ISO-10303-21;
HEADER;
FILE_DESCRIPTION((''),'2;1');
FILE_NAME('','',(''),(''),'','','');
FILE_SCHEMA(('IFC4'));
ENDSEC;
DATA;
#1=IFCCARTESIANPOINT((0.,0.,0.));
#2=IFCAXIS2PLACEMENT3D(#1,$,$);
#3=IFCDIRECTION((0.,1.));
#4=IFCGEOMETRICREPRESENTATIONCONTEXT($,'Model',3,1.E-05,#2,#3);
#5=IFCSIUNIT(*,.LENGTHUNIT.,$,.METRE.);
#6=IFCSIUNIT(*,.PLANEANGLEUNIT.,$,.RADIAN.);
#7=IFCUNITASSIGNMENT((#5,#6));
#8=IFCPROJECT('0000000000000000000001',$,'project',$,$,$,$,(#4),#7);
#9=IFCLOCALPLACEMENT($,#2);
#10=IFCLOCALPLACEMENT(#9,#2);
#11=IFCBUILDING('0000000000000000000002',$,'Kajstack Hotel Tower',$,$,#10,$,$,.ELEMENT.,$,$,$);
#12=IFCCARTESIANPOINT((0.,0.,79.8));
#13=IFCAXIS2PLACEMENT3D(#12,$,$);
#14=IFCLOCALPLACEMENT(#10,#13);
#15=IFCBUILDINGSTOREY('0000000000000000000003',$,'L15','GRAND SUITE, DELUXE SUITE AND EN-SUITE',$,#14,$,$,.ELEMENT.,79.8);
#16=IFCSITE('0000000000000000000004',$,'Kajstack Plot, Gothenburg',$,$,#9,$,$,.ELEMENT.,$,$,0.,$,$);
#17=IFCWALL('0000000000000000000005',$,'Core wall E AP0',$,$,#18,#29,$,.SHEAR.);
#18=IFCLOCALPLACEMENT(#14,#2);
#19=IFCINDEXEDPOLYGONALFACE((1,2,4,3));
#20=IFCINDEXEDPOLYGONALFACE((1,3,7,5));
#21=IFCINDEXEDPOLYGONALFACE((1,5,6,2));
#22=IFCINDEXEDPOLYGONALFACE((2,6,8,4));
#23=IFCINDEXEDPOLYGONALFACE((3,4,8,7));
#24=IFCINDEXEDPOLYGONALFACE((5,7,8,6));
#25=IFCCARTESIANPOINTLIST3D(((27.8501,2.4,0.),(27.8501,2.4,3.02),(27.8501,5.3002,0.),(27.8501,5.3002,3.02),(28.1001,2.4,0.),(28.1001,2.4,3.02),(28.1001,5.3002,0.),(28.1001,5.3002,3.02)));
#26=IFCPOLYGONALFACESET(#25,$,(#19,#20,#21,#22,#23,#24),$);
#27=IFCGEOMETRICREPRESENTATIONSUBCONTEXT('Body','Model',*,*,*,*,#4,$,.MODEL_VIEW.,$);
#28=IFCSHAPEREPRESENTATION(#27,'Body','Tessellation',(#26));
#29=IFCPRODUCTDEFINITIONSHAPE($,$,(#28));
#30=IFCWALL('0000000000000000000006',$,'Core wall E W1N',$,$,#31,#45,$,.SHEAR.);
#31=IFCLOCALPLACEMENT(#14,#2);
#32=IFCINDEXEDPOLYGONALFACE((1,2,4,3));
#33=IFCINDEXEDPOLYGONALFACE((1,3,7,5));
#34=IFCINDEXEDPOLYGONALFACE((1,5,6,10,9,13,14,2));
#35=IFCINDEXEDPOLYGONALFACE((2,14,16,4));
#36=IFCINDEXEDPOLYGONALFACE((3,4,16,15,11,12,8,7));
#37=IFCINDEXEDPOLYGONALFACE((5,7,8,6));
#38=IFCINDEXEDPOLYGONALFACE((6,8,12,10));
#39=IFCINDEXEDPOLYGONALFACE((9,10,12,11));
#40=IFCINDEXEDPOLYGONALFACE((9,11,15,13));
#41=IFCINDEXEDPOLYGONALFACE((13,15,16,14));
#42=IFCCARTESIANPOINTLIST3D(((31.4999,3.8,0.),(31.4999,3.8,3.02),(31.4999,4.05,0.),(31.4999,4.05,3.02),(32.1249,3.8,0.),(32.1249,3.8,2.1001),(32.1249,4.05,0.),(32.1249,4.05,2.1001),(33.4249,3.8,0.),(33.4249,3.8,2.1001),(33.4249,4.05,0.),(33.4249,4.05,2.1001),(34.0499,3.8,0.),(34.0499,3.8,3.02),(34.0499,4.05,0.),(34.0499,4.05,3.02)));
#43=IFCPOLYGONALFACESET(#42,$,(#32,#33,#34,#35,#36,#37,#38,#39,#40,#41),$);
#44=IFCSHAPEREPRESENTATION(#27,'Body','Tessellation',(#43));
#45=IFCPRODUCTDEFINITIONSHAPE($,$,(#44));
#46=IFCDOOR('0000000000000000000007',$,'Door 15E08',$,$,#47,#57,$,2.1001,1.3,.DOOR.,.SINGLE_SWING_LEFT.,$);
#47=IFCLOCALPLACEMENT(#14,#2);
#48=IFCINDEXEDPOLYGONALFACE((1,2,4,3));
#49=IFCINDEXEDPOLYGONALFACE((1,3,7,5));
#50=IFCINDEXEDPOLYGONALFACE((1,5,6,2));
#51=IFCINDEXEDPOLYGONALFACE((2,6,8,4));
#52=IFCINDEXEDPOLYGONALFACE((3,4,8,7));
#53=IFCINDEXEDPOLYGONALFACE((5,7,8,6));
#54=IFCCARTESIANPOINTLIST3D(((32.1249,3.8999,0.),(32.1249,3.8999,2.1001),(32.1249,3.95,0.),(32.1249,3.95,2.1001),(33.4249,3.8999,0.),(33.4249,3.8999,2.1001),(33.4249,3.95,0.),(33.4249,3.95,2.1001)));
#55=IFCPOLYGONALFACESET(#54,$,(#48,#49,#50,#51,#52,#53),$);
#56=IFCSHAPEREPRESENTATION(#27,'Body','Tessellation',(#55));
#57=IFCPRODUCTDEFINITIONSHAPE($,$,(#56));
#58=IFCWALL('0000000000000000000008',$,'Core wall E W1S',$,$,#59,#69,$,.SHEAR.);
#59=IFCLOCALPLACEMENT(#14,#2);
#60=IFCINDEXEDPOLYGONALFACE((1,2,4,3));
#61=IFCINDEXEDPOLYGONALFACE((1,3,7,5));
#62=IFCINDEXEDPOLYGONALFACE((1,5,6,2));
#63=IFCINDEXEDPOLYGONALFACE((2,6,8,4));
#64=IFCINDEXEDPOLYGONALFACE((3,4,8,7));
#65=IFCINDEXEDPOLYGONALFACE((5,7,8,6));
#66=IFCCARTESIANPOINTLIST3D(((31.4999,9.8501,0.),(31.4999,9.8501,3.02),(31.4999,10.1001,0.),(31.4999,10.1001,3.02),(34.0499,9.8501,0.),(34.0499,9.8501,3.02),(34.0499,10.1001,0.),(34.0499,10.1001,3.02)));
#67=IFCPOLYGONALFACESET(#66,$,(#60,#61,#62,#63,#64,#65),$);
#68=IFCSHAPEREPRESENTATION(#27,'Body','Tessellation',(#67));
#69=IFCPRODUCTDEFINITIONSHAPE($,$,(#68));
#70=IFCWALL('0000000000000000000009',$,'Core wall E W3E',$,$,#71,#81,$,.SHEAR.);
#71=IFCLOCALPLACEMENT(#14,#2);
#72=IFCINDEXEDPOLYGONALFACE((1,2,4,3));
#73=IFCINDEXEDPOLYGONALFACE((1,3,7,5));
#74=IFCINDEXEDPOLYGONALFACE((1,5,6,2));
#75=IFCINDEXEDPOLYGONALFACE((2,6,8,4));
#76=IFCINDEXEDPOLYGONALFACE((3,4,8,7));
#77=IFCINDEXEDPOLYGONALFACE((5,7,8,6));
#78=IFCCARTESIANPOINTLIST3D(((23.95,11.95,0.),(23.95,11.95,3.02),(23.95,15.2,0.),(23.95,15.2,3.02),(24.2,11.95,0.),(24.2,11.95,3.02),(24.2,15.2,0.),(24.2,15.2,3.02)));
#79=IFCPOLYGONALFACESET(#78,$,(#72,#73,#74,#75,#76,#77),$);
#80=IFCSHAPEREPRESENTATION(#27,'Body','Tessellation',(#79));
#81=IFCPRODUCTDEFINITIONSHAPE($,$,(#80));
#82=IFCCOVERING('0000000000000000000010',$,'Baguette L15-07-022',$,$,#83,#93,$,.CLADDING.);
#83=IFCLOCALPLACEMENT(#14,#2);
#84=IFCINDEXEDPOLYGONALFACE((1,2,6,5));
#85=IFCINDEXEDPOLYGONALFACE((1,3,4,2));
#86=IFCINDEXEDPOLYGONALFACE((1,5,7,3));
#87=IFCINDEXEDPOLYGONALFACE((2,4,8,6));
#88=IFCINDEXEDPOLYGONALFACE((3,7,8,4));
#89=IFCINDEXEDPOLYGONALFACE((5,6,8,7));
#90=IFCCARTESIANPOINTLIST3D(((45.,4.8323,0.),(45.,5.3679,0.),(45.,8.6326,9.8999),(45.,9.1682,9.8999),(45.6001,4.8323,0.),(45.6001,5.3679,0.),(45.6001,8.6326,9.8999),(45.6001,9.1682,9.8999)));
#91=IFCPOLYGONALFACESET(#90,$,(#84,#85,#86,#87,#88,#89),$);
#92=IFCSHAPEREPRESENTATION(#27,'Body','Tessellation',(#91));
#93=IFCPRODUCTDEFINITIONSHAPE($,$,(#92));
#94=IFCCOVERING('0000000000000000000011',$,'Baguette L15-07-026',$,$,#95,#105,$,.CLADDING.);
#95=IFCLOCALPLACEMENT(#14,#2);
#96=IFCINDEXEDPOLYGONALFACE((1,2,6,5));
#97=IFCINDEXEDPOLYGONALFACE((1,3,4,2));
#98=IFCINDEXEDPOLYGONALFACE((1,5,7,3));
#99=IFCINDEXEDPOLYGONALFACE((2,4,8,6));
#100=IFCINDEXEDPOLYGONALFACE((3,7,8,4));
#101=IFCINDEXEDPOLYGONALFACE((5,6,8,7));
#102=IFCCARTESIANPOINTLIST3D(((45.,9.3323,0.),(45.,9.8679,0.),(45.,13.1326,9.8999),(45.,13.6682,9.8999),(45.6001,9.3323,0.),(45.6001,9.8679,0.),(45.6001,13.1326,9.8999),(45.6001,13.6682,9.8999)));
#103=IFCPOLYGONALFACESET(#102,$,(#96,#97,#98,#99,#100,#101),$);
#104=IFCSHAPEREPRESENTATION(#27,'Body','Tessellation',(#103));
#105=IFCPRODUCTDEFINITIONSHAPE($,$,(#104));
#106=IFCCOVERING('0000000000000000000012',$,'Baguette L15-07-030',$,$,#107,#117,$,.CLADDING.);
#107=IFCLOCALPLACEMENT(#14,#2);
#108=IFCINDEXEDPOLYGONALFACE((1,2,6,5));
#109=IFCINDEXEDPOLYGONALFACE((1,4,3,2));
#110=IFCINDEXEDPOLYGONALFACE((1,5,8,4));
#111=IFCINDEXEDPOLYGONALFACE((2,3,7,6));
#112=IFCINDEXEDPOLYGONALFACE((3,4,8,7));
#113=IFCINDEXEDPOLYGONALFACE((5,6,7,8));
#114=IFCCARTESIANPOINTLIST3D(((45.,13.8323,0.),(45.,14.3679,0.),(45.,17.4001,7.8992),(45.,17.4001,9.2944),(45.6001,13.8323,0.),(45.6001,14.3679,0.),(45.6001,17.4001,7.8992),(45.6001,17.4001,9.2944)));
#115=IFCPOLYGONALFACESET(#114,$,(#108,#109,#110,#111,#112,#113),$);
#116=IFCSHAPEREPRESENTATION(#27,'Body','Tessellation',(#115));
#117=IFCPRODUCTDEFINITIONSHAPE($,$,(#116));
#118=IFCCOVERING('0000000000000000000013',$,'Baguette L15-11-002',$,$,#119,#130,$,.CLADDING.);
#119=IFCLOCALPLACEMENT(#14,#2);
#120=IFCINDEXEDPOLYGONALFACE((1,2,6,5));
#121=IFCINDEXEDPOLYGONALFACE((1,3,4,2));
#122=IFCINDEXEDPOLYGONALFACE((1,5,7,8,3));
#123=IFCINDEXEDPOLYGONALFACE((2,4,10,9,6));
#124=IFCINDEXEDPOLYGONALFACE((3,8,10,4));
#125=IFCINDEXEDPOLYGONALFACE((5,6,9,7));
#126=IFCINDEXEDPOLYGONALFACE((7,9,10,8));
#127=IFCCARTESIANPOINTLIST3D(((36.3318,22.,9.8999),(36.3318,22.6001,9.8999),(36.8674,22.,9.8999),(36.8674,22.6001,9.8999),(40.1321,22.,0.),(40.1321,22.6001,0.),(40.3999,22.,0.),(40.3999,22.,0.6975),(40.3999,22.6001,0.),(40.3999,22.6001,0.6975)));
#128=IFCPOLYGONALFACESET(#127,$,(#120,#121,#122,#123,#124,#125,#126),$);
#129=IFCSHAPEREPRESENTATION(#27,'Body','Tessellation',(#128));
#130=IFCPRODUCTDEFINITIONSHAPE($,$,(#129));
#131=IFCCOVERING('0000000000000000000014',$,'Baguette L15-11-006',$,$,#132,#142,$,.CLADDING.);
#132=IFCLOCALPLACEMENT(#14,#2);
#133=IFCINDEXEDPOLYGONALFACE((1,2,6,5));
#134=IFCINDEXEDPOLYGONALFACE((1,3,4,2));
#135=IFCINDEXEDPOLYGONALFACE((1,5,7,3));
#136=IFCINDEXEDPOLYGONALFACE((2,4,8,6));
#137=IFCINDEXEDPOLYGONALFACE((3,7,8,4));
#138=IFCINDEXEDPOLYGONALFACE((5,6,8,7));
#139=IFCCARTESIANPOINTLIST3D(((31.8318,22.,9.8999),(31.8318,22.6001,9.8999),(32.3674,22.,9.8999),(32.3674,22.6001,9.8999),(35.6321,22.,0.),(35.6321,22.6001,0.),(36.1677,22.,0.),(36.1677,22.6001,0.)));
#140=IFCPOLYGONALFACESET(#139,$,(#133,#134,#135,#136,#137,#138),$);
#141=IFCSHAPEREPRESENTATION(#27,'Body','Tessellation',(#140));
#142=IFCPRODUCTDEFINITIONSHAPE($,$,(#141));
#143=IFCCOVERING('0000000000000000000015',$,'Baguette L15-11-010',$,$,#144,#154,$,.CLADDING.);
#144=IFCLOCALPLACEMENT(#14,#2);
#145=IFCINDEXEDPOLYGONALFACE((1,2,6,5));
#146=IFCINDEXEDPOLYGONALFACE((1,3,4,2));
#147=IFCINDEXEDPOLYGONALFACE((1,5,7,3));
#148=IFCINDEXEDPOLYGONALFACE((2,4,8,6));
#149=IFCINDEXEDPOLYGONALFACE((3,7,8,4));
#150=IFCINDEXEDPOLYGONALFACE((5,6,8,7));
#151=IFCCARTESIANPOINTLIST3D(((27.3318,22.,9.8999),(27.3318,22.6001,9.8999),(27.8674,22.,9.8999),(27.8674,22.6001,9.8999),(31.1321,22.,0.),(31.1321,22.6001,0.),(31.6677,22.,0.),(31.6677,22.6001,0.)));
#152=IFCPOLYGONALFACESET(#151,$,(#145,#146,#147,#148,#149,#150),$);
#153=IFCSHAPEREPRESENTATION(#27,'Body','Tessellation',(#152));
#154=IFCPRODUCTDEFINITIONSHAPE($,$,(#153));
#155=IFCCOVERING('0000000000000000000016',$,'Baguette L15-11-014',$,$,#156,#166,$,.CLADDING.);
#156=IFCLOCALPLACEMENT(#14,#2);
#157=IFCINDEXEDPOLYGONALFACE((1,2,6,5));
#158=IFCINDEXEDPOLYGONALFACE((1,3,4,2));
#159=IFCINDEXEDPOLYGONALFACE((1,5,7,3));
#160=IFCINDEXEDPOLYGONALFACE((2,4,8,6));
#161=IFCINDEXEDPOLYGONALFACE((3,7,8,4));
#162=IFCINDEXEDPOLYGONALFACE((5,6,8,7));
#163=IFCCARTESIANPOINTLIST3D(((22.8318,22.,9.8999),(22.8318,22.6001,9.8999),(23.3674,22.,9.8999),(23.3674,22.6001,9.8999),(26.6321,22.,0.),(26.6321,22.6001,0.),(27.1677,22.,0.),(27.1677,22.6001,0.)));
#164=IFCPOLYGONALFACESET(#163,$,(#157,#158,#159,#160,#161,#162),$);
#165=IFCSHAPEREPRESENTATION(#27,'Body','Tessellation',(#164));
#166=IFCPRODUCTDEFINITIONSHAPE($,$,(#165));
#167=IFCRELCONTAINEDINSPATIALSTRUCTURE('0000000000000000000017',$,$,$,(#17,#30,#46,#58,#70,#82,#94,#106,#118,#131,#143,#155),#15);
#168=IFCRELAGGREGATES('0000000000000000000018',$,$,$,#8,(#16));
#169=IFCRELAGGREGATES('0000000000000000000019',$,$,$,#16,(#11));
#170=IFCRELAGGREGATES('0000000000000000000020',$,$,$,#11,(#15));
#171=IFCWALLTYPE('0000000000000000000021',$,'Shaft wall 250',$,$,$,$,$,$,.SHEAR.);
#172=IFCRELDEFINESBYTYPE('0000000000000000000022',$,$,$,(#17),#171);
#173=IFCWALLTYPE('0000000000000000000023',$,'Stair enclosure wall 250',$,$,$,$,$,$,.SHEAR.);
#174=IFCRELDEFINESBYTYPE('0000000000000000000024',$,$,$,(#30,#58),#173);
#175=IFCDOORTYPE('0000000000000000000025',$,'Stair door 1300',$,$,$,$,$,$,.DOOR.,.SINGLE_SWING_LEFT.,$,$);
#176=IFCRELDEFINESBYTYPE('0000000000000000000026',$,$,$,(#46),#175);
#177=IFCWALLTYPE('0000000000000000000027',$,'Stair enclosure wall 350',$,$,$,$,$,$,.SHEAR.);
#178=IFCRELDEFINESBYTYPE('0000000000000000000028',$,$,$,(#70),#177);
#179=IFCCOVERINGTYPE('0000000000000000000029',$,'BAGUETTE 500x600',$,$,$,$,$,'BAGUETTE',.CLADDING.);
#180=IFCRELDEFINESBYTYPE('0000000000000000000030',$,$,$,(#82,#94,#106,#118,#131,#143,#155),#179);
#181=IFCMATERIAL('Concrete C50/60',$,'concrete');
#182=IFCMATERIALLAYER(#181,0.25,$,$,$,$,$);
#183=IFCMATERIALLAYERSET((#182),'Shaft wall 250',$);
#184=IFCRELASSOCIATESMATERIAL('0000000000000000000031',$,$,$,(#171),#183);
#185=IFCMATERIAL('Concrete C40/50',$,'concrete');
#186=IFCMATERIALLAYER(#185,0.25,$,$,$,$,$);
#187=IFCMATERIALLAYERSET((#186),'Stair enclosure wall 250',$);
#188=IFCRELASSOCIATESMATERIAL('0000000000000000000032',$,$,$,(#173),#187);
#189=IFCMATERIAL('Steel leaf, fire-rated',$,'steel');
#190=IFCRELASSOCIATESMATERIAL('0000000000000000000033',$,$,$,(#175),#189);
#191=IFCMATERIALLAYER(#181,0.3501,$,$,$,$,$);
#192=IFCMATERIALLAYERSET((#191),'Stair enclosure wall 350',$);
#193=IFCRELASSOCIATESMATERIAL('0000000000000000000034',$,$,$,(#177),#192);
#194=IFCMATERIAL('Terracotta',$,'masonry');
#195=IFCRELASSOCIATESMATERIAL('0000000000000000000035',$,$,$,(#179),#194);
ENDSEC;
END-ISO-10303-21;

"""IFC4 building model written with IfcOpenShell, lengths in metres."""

from ifc_helpers import new_model, si_unit, direction, frame, frame_2d, origin, origin_2d, place, context, subcontext, project, spatial, polyline, rectangle, outline, extrude, material, layer, layer_set, material_profile, profile_set, type_object, element, fill, save


model = new_model("IFC4")

# Units and contexts
model_context = context("Model", 3, precision=1e-05, world=origin(), true_north=direction((0.0, 1.0)))
body_context = subcontext(model_context, "Body", "Model", "MODEL_VIEW")
ifc_project = project(units=[si_unit("LENGTHUNIT", "METRE"), si_unit("PLANEANGLEUNIT", "RADIAN")], contexts=[model_context])

# Site, building, storey
site_placement = place(None, origin())
site = spatial("IfcSite", under=ifc_project, at=site_placement, Name="Kajstack Plot, Gothenburg", CompositionType="ELEMENT", RefElevation=0.0)
building_placement = place(site_placement, origin())
building = spatial("IfcBuilding", under=site, at=building_placement, Name="Kajstack Hotel Tower", CompositionType="ELEMENT")
storey_placement = place(building_placement, frame((0.0, 0.0, 79.8)))
storey = spatial("IfcBuildingStorey", under=building, at=storey_placement, Name="L15", Description="GRAND SUITE, DELUXE SUITE AND EN-SUITE", CompositionType="ELEMENT", Elevation=79.8)

# Shared definitions
ifc_material_1 = material(Name="Concrete C40/50", Category="concrete")
ifc_material_2 = material(Name="Concrete C50/60", Category="concrete")

# Wall
ifc_layer_1 = layer(ifc_material_2, 0.25)
ifc_layer_set_1 = layer_set([ifc_layer_1], Name="Shaft wall 250")
wall_type_1 = type_object("IfcWallType", Name="Shaft wall 250", PredefinedType="SHEAR", material=ifc_layer_set_1)
wall_1_placement = place(storey_placement, frame((27.9751, 2.3999, 0.0), z_axis=(0.0, 0.0, 1.0), x_axis=(0.0, 1.0, 0.0)))
element("IfcWall", 1, at=wall_1_placement, inside=storey, type_object=wall_type_1, Name="Core wall E AP0", PredefinedType="SHEAR", context=body_context, shape_type="SweptSolid", body=[
    extrude(rectangle(XDim=2.9001, YDim=0.25, at=frame_2d((1.4502, 0.0))), origin(), (0.0, 0.0, 1.0), 3.02),
])

# Wall, opening, door
ifc_layer_2 = layer(ifc_material_1, 0.25)
ifc_layer_set_2 = layer_set([ifc_layer_2], Name="Stair enclosure wall 250")
wall_type_2 = type_object("IfcWallType", Name="Stair enclosure wall 250", PredefinedType="SHEAR", material=ifc_layer_set_2)
wall_2_placement = place(storey_placement, frame((31.5, 3.925, 0.0), z_axis=(0.0, 0.0, 1.0), x_axis=(1.0, 0.0, 0.0)))
wall_2 = element("IfcWall", 2, at=wall_2_placement, inside=storey, type_object=wall_type_2, Name="Core wall E W1N", PredefinedType="SHEAR", context=body_context, shape_type="SweptSolid", body=[
    extrude(rectangle(XDim=2.55, YDim=0.25, at=frame_2d((1.2749, 0.0))), origin(), (0.0, 0.0, 1.0), 3.02),
])
opening_1_placement = place(wall_2_placement, frame((0.625, 0.0, 0.0)))
opening_1 = element("IfcOpeningElement", 3, at=opening_1_placement, cuts=wall_2, PredefinedType="OPENING", context=body_context, shape_type="SweptSolid", body=[
    extrude(rectangle(XDim=1.3, YDim=2.1001, at=frame_2d((0.6499, 1.05))), frame((0.0, 0.135, 0.0), z_axis=(0.0, -1.0, 0.0), x_axis=(1.0, 0.0, 0.0)), (0.0, 0.0, 1.0), 0.27),
])
ifc_material_3 = material(Name="Steel leaf, fire-rated", Category="steel")
door_type_1 = type_object("IfcDoorType", Name="Stair door 1300", OperationType="SINGLE_SWING_LEFT", PredefinedType="DOOR", material=ifc_material_3)
door_1_placement = place(opening_1_placement, origin())
door_1 = element("IfcDoor", 4, at=door_1_placement, inside=storey, type_object=door_type_1, Name="Door 15E08", OperationType="SINGLE_SWING_LEFT", OverallHeight=2.1001, OverallWidth=1.3, PredefinedType="DOOR", context=body_context, shape_type="SweptSolid", body=[
    extrude(rectangle(XDim=1.3, YDim=2.1001, at=frame_2d((0.6499, 1.05))), frame((0.0, 0.0249, 0.0), z_axis=(0.0, -1.0, 0.0), x_axis=(1.0, 0.0, 0.0)), (0.0, 0.0, 1.0), 0.05),
])
fill(opening_1, door_1)

# Walls
wall_3_placement = place(storey_placement, frame((31.5, 9.9751, 0.0), z_axis=(0.0, 0.0, 1.0), x_axis=(1.0, 0.0, 0.0)))
element("IfcWall", 5, at=wall_3_placement, inside=storey, type_object=wall_type_2, Name="Core wall E W1S", PredefinedType="SHEAR", context=body_context, shape_type="SweptSolid", body=[
    extrude(rectangle(XDim=2.55, YDim=0.25, at=frame_2d((1.2749, 0.0))), origin(), (0.0, 0.0, 1.0), 3.02),
])
ifc_layer_3 = layer(ifc_material_2, 0.3501)
ifc_layer_set_3 = layer_set([ifc_layer_3], Name="Stair enclosure wall 350")
wall_type_3 = type_object("IfcWallType", Name="Stair enclosure wall 350", PredefinedType="SHEAR", material=ifc_layer_set_3)
wall_4_placement = place(storey_placement, frame((24.075, 11.95, 0.0), z_axis=(0.0, 0.0, 1.0), x_axis=(0.0, 1.0, 0.0)))
element("IfcWall", 6, at=wall_4_placement, inside=storey, type_object=wall_type_3, Name="Core wall E W3E", PredefinedType="SHEAR", context=body_context, shape_type="SweptSolid", body=[
    extrude(rectangle(XDim=3.25, YDim=0.25, at=frame_2d((1.625, 0.0))), origin(), (0.0, 0.0, 1.0), 3.02),
])

# Coverings
ifc_material_4 = material(Name="Terracotta", Category="masonry")
ifc_material_profile = material_profile(ifc_material_4, rectangle(XDim=0.6001, YDim=0.5, at=origin_2d()), Name="Terracotta-clad concrete baguette 500 x 600")
ifc_profile_set = profile_set([ifc_material_profile], Name="Terracotta")
covering_type = type_object("IfcCoveringType", Name="BAGUETTE 500x600", ElementType="BAGUETTE", PredefinedType="CLADDING", material=ifc_profile_set)
for number, where, z_axis, x_axis, name in (
    (7, (45.0, 4.8323, 0.0), (1.0, 0.0, 0.0), (0.0, 1.0, 0.0), "Baguette L15-07-022"),
    (8, (45.0, 9.3323, 0.0), (1.0, 0.0, 0.0), (0.0, 1.0, 0.0), "Baguette L15-07-026"),
):
    element("IfcCovering", number, at=place(storey_placement, frame(where, z_axis=z_axis, x_axis=x_axis)), inside=storey, type_object=covering_type, Name=name, PredefinedType="CLADDING", context=body_context, shape_type="SweptSolid", body=[
        extrude(outline(polyline([(3.8003, 9.8999), (0.0, 0.0), (0.5356, 0.0), (4.3359, 9.8999), (3.8003, 9.8999)])), origin(), (0.0, 0.0, 1.0), 0.6001),
    ])
covering_1_placement = place(storey_placement, frame((45.0, 13.8323, 0.0), z_axis=(1.0, 0.0, 0.0), x_axis=(0.0, 1.0, 0.0)))
element("IfcCovering", 9, at=covering_1_placement, inside=storey, type_object=covering_type, Name="Baguette L15-07-030", PredefinedType="CLADDING", context=body_context, shape_type="SweptSolid", body=[
    extrude(outline(polyline([(0.5356, 0.0), (3.5679, 7.8992), (3.5679, 9.2944), (0.0, 0.0), (0.5356, 0.0)])), origin(), (0.0, 0.0, 1.0), 0.6001),
])
covering_2_placement = place(storey_placement, frame((40.3999, 22.0, 0.0), z_axis=(0.0, 1.0, 0.0), x_axis=(-1.0, 0.0, 0.0)))
element("IfcCovering", 10, at=covering_2_placement, inside=storey, type_object=covering_type, Name="Baguette L15-11-002", PredefinedType="CLADDING", context=body_context, shape_type="SweptSolid", body=[
    extrude(outline(polyline([(3.5325, 9.8999), (0.0, 0.6975), (0.0, 0.0), (0.2678, 0.0), (4.0681, 9.8999), (3.5325, 9.8999)])), origin(), (0.0, 0.0, 1.0), 0.6001),
])
for number, where, z_axis, x_axis, name in (
    (11, (36.1677, 22.0, 0.0), (0.0, 1.0, 0.0), (-1.0, 0.0, 0.0), "Baguette L15-11-006"),
    (12, (31.6677, 22.0, 0.0), (0.0, 1.0, 0.0), (-1.0, 0.0, 0.0), "Baguette L15-11-010"),
    (13, (27.1677, 22.0, 0.0), (0.0, 1.0, 0.0), (-1.0, 0.0, 0.0), "Baguette L15-11-014"),
):
    element("IfcCovering", number, at=place(storey_placement, frame(where, z_axis=z_axis, x_axis=x_axis)), inside=storey, type_object=covering_type, Name=name, PredefinedType="CLADDING", context=body_context, shape_type="SweptSolid", body=[
        extrude(outline(polyline([(3.8003, 9.8999), (0.0, 0.0), (0.5356, 0.0), (4.3359, 9.8999), (3.8003, 9.8999)])), origin(), (0.0, 0.0, 1.0), 0.6001),
    ])

save(model, "model.ifc")
